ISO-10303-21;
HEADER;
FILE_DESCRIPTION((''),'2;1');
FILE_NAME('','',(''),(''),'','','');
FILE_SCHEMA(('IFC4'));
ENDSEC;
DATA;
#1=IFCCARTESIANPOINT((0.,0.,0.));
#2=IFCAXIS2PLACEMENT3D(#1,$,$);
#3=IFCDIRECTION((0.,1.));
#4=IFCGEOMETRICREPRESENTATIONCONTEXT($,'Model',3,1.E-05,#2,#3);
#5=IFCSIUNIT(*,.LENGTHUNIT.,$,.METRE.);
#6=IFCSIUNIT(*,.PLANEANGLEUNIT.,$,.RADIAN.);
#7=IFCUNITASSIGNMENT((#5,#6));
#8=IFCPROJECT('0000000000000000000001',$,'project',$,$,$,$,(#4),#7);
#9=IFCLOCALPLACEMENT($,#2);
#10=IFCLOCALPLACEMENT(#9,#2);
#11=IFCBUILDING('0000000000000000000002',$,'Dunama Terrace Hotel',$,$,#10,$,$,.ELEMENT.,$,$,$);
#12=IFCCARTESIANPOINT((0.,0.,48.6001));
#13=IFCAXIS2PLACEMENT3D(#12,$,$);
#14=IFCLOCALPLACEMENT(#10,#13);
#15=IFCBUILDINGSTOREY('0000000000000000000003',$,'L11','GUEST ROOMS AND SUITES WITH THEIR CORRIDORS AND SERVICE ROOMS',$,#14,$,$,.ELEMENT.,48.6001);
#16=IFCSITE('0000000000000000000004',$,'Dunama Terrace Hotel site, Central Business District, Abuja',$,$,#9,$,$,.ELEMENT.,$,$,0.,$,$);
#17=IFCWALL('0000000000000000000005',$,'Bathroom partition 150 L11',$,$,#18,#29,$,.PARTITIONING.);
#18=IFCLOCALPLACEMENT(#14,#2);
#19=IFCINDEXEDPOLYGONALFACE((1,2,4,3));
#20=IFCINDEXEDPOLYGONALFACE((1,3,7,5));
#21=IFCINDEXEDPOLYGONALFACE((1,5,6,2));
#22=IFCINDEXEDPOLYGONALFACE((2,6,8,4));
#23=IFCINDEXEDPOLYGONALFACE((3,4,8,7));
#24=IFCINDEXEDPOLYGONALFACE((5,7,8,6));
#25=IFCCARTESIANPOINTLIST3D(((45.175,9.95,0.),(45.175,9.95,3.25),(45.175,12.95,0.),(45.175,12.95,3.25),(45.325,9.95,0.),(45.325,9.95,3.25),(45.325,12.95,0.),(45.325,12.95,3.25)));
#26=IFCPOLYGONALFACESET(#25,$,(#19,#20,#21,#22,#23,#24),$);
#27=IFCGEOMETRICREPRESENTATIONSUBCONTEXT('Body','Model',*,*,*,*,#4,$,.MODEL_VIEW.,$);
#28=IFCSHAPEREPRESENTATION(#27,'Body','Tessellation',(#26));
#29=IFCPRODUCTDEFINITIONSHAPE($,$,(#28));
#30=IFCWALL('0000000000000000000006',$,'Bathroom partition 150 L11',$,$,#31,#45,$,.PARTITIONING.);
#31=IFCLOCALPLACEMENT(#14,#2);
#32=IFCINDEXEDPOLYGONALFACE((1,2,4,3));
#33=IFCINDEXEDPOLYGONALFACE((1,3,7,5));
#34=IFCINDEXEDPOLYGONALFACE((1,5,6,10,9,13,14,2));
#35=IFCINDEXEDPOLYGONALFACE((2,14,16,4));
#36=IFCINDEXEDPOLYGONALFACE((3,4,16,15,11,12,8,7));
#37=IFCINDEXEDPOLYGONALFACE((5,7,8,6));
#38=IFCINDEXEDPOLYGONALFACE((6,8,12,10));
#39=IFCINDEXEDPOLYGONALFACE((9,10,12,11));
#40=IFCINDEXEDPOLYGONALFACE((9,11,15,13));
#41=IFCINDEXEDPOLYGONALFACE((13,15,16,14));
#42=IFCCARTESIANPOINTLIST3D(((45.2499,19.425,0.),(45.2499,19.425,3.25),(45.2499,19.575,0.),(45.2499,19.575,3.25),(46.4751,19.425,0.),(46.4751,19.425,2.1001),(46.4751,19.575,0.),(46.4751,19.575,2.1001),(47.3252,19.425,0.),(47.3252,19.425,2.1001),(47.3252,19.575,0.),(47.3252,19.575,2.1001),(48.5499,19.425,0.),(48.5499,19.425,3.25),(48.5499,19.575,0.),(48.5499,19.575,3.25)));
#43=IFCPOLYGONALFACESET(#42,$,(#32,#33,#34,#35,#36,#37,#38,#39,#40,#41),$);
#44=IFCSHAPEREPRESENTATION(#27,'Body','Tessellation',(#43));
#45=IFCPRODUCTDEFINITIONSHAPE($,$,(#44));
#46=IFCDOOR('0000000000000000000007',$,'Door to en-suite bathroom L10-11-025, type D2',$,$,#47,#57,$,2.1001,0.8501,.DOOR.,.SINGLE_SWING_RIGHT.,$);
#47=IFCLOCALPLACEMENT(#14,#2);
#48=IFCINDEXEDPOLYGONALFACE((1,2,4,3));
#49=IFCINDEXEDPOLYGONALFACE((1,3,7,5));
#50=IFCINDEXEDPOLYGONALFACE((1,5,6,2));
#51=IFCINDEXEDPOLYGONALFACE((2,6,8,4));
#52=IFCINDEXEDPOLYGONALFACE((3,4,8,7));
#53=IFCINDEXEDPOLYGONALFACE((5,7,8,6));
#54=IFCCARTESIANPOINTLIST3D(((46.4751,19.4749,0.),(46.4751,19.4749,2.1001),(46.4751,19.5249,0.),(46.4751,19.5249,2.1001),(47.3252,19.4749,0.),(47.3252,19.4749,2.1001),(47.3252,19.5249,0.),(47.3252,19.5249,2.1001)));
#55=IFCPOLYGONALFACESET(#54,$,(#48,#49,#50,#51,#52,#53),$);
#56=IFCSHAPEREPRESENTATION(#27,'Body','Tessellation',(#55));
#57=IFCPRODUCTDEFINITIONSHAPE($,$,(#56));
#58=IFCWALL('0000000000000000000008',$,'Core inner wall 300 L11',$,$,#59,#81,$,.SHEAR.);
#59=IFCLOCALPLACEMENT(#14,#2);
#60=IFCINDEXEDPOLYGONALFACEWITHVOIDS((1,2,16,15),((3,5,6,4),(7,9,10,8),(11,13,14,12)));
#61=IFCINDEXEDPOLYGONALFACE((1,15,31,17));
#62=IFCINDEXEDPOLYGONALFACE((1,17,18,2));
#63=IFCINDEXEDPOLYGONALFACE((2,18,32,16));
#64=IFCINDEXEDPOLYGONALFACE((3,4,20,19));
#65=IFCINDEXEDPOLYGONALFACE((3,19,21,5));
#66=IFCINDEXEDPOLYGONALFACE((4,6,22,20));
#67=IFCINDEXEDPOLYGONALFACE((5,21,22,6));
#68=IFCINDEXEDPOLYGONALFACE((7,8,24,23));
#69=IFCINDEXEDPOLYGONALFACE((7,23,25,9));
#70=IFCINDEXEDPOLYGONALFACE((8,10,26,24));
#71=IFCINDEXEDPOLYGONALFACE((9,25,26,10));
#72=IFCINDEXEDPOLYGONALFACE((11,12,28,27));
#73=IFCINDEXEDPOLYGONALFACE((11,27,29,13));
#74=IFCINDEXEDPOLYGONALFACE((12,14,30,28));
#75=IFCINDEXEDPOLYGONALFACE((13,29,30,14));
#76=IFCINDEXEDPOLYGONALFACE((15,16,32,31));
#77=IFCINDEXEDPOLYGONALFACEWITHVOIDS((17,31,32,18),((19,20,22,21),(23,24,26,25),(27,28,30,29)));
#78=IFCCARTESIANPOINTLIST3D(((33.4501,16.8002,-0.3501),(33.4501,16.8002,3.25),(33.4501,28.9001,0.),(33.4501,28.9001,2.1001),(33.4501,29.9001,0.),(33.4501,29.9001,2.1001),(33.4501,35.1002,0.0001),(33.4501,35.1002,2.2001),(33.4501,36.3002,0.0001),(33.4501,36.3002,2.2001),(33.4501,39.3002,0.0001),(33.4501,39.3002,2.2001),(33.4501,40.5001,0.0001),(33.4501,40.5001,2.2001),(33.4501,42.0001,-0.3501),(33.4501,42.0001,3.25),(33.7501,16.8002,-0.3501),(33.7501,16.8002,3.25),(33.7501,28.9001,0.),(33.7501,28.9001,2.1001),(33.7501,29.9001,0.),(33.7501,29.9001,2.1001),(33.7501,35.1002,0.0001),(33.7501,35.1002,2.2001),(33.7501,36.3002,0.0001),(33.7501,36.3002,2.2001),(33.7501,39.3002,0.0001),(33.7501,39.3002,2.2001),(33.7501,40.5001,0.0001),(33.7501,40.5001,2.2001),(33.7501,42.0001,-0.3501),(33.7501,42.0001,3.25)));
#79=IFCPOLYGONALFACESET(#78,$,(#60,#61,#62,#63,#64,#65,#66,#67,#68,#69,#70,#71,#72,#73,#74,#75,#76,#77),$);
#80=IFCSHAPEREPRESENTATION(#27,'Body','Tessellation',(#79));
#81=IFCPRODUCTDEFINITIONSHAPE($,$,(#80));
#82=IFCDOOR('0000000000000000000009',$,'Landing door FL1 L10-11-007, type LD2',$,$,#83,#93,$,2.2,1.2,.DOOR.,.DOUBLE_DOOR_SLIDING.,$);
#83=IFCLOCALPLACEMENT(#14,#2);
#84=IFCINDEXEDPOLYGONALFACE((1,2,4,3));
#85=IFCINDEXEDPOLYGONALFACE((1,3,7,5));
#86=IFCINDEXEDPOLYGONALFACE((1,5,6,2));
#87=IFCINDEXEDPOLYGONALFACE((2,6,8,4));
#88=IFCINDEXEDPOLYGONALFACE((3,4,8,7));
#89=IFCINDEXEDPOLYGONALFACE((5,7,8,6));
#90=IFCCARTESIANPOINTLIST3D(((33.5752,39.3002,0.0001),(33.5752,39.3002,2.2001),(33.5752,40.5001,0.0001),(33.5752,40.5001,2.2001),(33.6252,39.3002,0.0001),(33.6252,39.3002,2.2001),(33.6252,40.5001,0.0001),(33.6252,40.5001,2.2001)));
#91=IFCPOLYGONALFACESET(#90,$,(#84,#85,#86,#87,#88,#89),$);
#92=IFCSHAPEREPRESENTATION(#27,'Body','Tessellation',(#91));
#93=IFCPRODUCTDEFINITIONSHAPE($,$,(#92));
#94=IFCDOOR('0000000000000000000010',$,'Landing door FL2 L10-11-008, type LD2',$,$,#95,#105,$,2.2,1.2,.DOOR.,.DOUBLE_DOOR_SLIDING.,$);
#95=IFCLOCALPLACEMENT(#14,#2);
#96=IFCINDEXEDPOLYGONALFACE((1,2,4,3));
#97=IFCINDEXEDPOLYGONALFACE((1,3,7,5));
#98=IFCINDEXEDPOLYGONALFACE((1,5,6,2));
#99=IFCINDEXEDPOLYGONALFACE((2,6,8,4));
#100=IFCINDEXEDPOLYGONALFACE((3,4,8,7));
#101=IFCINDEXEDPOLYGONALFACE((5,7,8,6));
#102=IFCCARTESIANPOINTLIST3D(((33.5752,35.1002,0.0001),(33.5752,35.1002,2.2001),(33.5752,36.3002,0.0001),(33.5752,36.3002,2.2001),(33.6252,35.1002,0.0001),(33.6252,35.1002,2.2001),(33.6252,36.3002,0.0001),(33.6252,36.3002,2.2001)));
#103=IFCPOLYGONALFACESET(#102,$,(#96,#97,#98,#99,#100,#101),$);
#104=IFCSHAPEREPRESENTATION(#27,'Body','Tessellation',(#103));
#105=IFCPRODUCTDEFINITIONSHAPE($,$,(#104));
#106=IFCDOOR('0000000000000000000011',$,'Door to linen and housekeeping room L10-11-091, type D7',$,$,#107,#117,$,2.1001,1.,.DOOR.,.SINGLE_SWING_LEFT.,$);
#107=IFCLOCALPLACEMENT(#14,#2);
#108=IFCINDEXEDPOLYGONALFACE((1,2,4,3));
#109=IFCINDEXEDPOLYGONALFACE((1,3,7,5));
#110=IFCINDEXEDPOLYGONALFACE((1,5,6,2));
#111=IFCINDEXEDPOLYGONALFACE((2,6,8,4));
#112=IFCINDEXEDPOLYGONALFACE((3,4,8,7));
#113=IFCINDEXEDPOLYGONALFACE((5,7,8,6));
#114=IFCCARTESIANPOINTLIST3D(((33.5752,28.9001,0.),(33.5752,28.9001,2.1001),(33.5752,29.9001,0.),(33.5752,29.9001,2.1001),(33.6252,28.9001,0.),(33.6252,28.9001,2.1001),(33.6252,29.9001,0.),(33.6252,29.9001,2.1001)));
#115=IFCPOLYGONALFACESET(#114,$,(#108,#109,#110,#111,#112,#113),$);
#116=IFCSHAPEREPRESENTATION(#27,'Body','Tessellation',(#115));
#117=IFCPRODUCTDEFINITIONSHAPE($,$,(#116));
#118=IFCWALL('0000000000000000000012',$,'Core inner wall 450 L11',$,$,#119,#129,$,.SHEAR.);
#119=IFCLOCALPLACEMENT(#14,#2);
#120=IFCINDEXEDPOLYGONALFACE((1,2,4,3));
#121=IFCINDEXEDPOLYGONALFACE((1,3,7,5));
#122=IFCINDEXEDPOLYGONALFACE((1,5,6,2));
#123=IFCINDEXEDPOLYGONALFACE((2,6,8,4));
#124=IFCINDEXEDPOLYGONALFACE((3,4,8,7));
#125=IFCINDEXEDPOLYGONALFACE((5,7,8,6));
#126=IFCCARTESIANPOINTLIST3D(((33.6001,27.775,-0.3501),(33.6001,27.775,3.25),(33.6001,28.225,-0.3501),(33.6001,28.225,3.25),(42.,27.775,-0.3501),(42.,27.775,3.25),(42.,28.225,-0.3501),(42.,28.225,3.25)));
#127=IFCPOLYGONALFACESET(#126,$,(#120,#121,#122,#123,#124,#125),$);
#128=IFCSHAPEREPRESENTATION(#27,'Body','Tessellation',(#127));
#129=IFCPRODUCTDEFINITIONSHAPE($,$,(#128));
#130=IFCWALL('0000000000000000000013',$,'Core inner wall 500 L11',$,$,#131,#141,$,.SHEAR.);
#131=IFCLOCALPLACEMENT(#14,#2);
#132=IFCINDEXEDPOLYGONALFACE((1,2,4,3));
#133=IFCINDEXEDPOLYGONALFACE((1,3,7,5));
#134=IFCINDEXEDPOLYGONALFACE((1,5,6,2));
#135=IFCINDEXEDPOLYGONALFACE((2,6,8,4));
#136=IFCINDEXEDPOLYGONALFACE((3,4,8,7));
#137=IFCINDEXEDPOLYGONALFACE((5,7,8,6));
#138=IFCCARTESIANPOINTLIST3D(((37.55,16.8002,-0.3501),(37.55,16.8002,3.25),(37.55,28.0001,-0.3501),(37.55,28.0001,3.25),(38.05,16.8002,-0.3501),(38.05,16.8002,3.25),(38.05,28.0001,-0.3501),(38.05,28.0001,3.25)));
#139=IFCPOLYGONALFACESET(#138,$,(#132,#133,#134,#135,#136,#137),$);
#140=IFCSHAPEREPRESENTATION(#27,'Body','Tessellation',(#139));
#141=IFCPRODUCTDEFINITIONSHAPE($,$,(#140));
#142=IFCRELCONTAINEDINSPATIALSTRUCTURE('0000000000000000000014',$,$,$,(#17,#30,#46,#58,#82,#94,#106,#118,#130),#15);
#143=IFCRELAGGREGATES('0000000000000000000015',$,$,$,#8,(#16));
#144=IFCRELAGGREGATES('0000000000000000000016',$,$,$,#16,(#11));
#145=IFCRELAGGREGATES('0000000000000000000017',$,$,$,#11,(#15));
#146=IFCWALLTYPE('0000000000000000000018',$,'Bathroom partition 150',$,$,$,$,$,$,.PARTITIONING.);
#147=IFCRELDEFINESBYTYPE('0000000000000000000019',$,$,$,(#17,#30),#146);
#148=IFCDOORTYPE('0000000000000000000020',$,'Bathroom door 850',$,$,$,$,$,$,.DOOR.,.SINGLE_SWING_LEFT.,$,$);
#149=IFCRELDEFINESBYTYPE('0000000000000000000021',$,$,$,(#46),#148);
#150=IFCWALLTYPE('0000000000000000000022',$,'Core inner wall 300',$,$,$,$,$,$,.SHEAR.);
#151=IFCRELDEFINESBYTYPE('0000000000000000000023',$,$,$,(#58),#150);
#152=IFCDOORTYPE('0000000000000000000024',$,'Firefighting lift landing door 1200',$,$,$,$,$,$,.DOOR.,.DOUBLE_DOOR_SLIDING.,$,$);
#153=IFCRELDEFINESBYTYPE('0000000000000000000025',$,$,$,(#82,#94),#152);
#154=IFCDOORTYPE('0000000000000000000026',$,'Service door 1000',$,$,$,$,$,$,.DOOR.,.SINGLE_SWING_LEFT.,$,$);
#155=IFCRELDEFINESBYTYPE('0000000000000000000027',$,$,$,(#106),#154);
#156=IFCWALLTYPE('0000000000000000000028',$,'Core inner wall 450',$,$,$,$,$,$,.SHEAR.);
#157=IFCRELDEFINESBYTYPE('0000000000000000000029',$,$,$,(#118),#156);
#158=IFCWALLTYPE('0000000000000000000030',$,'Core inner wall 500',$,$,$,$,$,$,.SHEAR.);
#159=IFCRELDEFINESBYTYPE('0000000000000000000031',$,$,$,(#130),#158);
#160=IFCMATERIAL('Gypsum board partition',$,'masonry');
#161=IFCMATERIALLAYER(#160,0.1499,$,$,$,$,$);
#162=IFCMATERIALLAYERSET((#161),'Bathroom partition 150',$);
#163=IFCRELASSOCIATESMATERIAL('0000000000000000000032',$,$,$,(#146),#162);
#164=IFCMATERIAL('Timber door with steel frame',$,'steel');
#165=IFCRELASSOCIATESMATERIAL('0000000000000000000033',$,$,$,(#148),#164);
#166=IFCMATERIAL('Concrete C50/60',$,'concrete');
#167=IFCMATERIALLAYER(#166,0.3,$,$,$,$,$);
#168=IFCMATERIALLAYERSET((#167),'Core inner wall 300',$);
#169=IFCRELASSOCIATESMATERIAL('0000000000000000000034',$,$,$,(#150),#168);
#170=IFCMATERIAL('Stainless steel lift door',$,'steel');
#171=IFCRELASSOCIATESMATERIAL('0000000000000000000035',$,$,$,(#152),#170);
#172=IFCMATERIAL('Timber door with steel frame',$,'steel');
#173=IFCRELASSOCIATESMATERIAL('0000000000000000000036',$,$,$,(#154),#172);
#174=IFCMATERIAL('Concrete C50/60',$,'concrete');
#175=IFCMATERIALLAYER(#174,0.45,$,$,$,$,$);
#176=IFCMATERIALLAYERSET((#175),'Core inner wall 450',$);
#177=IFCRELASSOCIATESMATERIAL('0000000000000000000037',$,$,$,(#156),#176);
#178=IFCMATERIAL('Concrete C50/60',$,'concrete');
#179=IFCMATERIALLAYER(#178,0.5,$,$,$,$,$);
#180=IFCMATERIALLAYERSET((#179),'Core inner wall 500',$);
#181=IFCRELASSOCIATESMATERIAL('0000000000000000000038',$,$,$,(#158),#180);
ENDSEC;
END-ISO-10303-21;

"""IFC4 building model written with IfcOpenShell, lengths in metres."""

from ifc_helpers import new_model, si_unit, direction, frame, frame_2d, origin, place, context, subcontext, project, spatial, rectangle, extrude, material, layer, layer_set, type_object, element, fill, save


model = new_model("IFC4")

# Units and contexts
model_context = context("Model", 3, precision=1e-05, world=origin(), true_north=direction((0.0, 1.0)))
body_context = subcontext(model_context, "Body", "Model", "MODEL_VIEW")
ifc_project = project(units=[si_unit("LENGTHUNIT", "METRE"), si_unit("PLANEANGLEUNIT", "RADIAN")], contexts=[model_context])

# Site, building, storey
site_placement = place(None, origin())
site = spatial("IfcSite", under=ifc_project, at=site_placement, Name="Dunama Terrace Hotel site, Central Business District, Abuja", CompositionType="ELEMENT", RefElevation=0.0)
building_placement = place(site_placement, origin())
building = spatial("IfcBuilding", under=site, at=building_placement, Name="Dunama Terrace Hotel", CompositionType="ELEMENT")
storey_placement = place(building_placement, frame((0.0, 0.0, 48.6001)))
storey = spatial("IfcBuildingStorey", under=building, at=storey_placement, Name="L11", Description="GUEST ROOMS AND SUITES WITH THEIR CORRIDORS AND SERVICE ROOMS", CompositionType="ELEMENT", Elevation=48.6001)

# Wall
ifc_material_1 = material(Name="Gypsum board partition", Category="masonry")
ifc_layer_1 = layer(ifc_material_1, 0.1499)
ifc_layer_set_1 = layer_set([ifc_layer_1], Name="Bathroom partition 150")
wall_type_1 = type_object("IfcWallType", Name="Bathroom partition 150", PredefinedType="PARTITIONING", material=ifc_layer_set_1)
wall_1_placement = place(storey_placement, frame((45.25, 9.95, 0.0), z_axis=(0.0, 0.0, 1.0), x_axis=(0.0, 1.0, 0.0)))
element("IfcWall", 1, at=wall_1_placement, inside=storey, type_object=wall_type_1, Name="Bathroom partition 150 L11", PredefinedType="PARTITIONING", context=body_context, shape_type="SweptSolid", body=[
    extrude(rectangle(XDim=3.0, YDim=0.1499, at=frame_2d((1.5, 0.0))), origin(), (0.0, 0.0, 1.0), 3.25),
])

# Wall, opening, door
wall_2_placement = place(storey_placement, frame((45.25, 19.5, 0.0), z_axis=(0.0, 0.0, 1.0), x_axis=(1.0, 0.0, 0.0)))
wall_2 = element("IfcWall", 2, at=wall_2_placement, inside=storey, type_object=wall_type_1, Name="Bathroom partition 150 L11", PredefinedType="PARTITIONING", context=body_context, shape_type="SweptSolid", body=[
    extrude(rectangle(XDim=3.3, YDim=0.1499, at=frame_2d((1.6499, 0.0))), origin(), (0.0, 0.0, 1.0), 3.25),
])
opening_1_placement = place(wall_2_placement, frame((1.2251, 0.0, 0.0)))
opening_1 = element("IfcOpeningElement", 3, at=opening_1_placement, cuts=wall_2, PredefinedType="OPENING", context=body_context, shape_type="SweptSolid", body=[
    extrude(rectangle(XDim=0.8501, YDim=2.1001, at=frame_2d((0.425, 1.05))), frame((0.0, 0.085, 0.0), z_axis=(0.0, -1.0, 0.0), x_axis=(1.0, 0.0, 0.0)), (0.0, 0.0, 1.0), 0.1699),
])
ifc_material_2 = material(Name="Timber door with steel frame", Category="steel")
door_type_1 = type_object("IfcDoorType", Name="Bathroom door 850", OperationType="SINGLE_SWING_LEFT", PredefinedType="DOOR", material=ifc_material_2)
door_1_placement = place(opening_1_placement, frame((0.8501, 0.0, 0.0), z_axis=(0.0, 0.0, 1.0), x_axis=(-1.0, 0.0, 0.0)))
door_1 = element("IfcDoor", 4, at=door_1_placement, inside=storey, type_object=door_type_1, Name="Door to en-suite bathroom L10-11-025, type D2", OperationType="SINGLE_SWING_RIGHT", OverallHeight=2.1001, OverallWidth=0.8501, PredefinedType="DOOR", context=body_context, shape_type="SweptSolid", body=[
    extrude(rectangle(XDim=0.8501, YDim=2.1001, at=frame_2d((0.425, 1.05))), frame((0.0, 0.0251, 0.0), z_axis=(0.0, -1.0, 0.0), x_axis=(1.0, 0.0, 0.0)), (0.0, 0.0, 1.0), 0.05),
])
fill(opening_1, door_1)

# Wall, openings, doors
ifc_material_3 = material(Name="Concrete C50/60", Category="concrete")
ifc_layer_2 = layer(ifc_material_3, 0.3)
ifc_layer_set_2 = layer_set([ifc_layer_2], Name="Core inner wall 300")
wall_type_2 = type_object("IfcWallType", Name="Core inner wall 300", PredefinedType="SHEAR", material=ifc_layer_set_2)
wall_3_placement = place(storey_placement, frame((33.6001, 16.8, -0.3501), z_axis=(0.0, 0.0, 1.0), x_axis=(0.0, 1.0, 0.0)))
wall_3 = element("IfcWall", 5, at=wall_3_placement, inside=storey, type_object=wall_type_2, Name="Core inner wall 300 L11", PredefinedType="SHEAR", context=body_context, shape_type="SweptSolid", body=[
    extrude(rectangle(XDim=25.2, YDim=0.3, at=frame_2d((12.6001, 0.0))), origin(), (0.0, 0.0, 1.0), 3.6001),
])
opening_2_placement = place(wall_3_placement, frame((22.5, 0.0, 0.3501)))
opening_2 = element("IfcOpeningElement", 6, at=opening_2_placement, cuts=wall_3, PredefinedType="OPENING", context=body_context, shape_type="SweptSolid", body=[
    extrude(rectangle(XDim=1.2, YDim=2.2, at=frame_2d((0.6001, 1.1001))), frame((0.0, 0.1599, 0.0), z_axis=(0.0, -1.0, 0.0), x_axis=(1.0, 0.0, 0.0)), (0.0, 0.0, 1.0), 0.3201),
])
opening_3_placement = place(wall_3_placement, frame((18.3, 0.0, 0.3501)))
opening_3 = element("IfcOpeningElement", 7, at=opening_3_placement, cuts=wall_3, PredefinedType="OPENING", context=body_context, shape_type="SweptSolid", body=[
    extrude(rectangle(XDim=1.2, YDim=2.2, at=frame_2d((0.6001, 1.1001))), frame((0.0, 0.1599, 0.0), z_axis=(0.0, -1.0, 0.0), x_axis=(1.0, 0.0, 0.0)), (0.0, 0.0, 1.0), 0.3201),
])
opening_4_placement = place(wall_3_placement, frame((12.1001, 0.0, 0.3501)))
opening_4 = element("IfcOpeningElement", 8, at=opening_4_placement, cuts=wall_3, PredefinedType="OPENING", context=body_context, shape_type="SweptSolid", body=[
    extrude(rectangle(XDim=1.0, YDim=2.1001, at=frame_2d((0.5, 1.05))), frame((0.0, 0.1599, 0.0), z_axis=(0.0, -1.0, 0.0), x_axis=(1.0, 0.0, 0.0)), (0.0, 0.0, 1.0), 0.3201),
])
ifc_material_4 = material(Name="Stainless steel lift door", Category="steel")
door_type_2 = type_object("IfcDoorType", Name="Firefighting lift landing door 1200", OperationType="DOUBLE_DOOR_SLIDING", PredefinedType="DOOR", material=ifc_material_4)
door_2_placement = place(opening_2_placement, origin())
door_2 = element("IfcDoor", 9, at=door_2_placement, inside=storey, type_object=door_type_2, Name="Landing door FL1 L10-11-007, type LD2", OperationType="DOUBLE_DOOR_SLIDING", OverallHeight=2.2, OverallWidth=1.2, PredefinedType="DOOR", context=body_context, shape_type="SweptSolid", body=[
    extrude(rectangle(XDim=1.2, YDim=2.2, at=frame_2d((0.6001, 1.1001))), frame((0.0, 0.0249, 0.0), z_axis=(0.0, -1.0, 0.0), x_axis=(1.0, 0.0, 0.0)), (0.0, 0.0, 1.0), 0.05),
])
fill(opening_2, door_2)
door_3_placement = place(opening_3_placement, origin())
door_3 = element("IfcDoor", 10, at=door_3_placement, inside=storey, type_object=door_type_2, Name="Landing door FL2 L10-11-008, type LD2", OperationType="DOUBLE_DOOR_SLIDING", OverallHeight=2.2, OverallWidth=1.2, PredefinedType="DOOR", context=body_context, shape_type="SweptSolid", body=[
    extrude(rectangle(XDim=1.2, YDim=2.2, at=frame_2d((0.6001, 1.1001))), frame((0.0, 0.0249, 0.0), z_axis=(0.0, -1.0, 0.0), x_axis=(1.0, 0.0, 0.0)), (0.0, 0.0, 1.0), 0.05),
])
fill(opening_3, door_3)
ifc_material_5 = material(Name="Timber door with steel frame", Category="steel")
door_type_3 = type_object("IfcDoorType", Name="Service door 1000", OperationType="SINGLE_SWING_LEFT", PredefinedType="DOOR", material=ifc_material_5)
door_4_placement = place(opening_4_placement, origin())
door_4 = element("IfcDoor", 11, at=door_4_placement, inside=storey, type_object=door_type_3, Name="Door to linen and housekeeping room L10-11-091, type D7", OperationType="SINGLE_SWING_LEFT", OverallHeight=2.1001, OverallWidth=1.0, PredefinedType="DOOR", context=body_context, shape_type="SweptSolid", body=[
    extrude(rectangle(XDim=1.0, YDim=2.1001, at=frame_2d((0.5, 1.05))), frame((0.0, 0.0249, 0.0), z_axis=(0.0, -1.0, 0.0), x_axis=(1.0, 0.0, 0.0)), (0.0, 0.0, 1.0), 0.05),
])
fill(opening_4, door_4)

# Walls
ifc_material_6 = material(Name="Concrete C50/60", Category="concrete")
ifc_layer_3 = layer(ifc_material_6, 0.45)
ifc_layer_set_3 = layer_set([ifc_layer_3], Name="Core inner wall 450")
wall_type_3 = type_object("IfcWallType", Name="Core inner wall 450", PredefinedType="SHEAR", material=ifc_layer_set_3)
wall_4_placement = place(storey_placement, frame((33.6001, 28.0, -0.3501), z_axis=(0.0, 0.0, 1.0), x_axis=(1.0, 0.0, 0.0)))
element("IfcWall", 12, at=wall_4_placement, inside=storey, type_object=wall_type_3, Name="Core inner wall 450 L11", PredefinedType="SHEAR", context=body_context, shape_type="SweptSolid", body=[
    extrude(rectangle(XDim=8.3999, YDim=0.45, at=frame_2d((4.2, 0.0))), origin(), (0.0, 0.0, 1.0), 3.6001),
])
ifc_material_7 = material(Name="Concrete C50/60", Category="concrete")
ifc_layer_4 = layer(ifc_material_7, 0.5)
ifc_layer_set_4 = layer_set([ifc_layer_4], Name="Core inner wall 500")
wall_type_4 = type_object("IfcWallType", Name="Core inner wall 500", PredefinedType="SHEAR", material=ifc_layer_set_4)
wall_5_placement = place(storey_placement, frame((37.8, 16.8, -0.3501), z_axis=(0.0, 0.0, 1.0), x_axis=(0.0, 1.0, 0.0)))
element("IfcWall", 13, at=wall_5_placement, inside=storey, type_object=wall_type_4, Name="Core inner wall 500 L11", PredefinedType="SHEAR", context=body_context, shape_type="SweptSolid", body=[
    extrude(rectangle(XDim=11.2, YDim=0.5, at=frame_2d((5.6001, 0.0))), origin(), (0.0, 0.0, 1.0), 3.6001),
])

save(model, "model.ifc")
